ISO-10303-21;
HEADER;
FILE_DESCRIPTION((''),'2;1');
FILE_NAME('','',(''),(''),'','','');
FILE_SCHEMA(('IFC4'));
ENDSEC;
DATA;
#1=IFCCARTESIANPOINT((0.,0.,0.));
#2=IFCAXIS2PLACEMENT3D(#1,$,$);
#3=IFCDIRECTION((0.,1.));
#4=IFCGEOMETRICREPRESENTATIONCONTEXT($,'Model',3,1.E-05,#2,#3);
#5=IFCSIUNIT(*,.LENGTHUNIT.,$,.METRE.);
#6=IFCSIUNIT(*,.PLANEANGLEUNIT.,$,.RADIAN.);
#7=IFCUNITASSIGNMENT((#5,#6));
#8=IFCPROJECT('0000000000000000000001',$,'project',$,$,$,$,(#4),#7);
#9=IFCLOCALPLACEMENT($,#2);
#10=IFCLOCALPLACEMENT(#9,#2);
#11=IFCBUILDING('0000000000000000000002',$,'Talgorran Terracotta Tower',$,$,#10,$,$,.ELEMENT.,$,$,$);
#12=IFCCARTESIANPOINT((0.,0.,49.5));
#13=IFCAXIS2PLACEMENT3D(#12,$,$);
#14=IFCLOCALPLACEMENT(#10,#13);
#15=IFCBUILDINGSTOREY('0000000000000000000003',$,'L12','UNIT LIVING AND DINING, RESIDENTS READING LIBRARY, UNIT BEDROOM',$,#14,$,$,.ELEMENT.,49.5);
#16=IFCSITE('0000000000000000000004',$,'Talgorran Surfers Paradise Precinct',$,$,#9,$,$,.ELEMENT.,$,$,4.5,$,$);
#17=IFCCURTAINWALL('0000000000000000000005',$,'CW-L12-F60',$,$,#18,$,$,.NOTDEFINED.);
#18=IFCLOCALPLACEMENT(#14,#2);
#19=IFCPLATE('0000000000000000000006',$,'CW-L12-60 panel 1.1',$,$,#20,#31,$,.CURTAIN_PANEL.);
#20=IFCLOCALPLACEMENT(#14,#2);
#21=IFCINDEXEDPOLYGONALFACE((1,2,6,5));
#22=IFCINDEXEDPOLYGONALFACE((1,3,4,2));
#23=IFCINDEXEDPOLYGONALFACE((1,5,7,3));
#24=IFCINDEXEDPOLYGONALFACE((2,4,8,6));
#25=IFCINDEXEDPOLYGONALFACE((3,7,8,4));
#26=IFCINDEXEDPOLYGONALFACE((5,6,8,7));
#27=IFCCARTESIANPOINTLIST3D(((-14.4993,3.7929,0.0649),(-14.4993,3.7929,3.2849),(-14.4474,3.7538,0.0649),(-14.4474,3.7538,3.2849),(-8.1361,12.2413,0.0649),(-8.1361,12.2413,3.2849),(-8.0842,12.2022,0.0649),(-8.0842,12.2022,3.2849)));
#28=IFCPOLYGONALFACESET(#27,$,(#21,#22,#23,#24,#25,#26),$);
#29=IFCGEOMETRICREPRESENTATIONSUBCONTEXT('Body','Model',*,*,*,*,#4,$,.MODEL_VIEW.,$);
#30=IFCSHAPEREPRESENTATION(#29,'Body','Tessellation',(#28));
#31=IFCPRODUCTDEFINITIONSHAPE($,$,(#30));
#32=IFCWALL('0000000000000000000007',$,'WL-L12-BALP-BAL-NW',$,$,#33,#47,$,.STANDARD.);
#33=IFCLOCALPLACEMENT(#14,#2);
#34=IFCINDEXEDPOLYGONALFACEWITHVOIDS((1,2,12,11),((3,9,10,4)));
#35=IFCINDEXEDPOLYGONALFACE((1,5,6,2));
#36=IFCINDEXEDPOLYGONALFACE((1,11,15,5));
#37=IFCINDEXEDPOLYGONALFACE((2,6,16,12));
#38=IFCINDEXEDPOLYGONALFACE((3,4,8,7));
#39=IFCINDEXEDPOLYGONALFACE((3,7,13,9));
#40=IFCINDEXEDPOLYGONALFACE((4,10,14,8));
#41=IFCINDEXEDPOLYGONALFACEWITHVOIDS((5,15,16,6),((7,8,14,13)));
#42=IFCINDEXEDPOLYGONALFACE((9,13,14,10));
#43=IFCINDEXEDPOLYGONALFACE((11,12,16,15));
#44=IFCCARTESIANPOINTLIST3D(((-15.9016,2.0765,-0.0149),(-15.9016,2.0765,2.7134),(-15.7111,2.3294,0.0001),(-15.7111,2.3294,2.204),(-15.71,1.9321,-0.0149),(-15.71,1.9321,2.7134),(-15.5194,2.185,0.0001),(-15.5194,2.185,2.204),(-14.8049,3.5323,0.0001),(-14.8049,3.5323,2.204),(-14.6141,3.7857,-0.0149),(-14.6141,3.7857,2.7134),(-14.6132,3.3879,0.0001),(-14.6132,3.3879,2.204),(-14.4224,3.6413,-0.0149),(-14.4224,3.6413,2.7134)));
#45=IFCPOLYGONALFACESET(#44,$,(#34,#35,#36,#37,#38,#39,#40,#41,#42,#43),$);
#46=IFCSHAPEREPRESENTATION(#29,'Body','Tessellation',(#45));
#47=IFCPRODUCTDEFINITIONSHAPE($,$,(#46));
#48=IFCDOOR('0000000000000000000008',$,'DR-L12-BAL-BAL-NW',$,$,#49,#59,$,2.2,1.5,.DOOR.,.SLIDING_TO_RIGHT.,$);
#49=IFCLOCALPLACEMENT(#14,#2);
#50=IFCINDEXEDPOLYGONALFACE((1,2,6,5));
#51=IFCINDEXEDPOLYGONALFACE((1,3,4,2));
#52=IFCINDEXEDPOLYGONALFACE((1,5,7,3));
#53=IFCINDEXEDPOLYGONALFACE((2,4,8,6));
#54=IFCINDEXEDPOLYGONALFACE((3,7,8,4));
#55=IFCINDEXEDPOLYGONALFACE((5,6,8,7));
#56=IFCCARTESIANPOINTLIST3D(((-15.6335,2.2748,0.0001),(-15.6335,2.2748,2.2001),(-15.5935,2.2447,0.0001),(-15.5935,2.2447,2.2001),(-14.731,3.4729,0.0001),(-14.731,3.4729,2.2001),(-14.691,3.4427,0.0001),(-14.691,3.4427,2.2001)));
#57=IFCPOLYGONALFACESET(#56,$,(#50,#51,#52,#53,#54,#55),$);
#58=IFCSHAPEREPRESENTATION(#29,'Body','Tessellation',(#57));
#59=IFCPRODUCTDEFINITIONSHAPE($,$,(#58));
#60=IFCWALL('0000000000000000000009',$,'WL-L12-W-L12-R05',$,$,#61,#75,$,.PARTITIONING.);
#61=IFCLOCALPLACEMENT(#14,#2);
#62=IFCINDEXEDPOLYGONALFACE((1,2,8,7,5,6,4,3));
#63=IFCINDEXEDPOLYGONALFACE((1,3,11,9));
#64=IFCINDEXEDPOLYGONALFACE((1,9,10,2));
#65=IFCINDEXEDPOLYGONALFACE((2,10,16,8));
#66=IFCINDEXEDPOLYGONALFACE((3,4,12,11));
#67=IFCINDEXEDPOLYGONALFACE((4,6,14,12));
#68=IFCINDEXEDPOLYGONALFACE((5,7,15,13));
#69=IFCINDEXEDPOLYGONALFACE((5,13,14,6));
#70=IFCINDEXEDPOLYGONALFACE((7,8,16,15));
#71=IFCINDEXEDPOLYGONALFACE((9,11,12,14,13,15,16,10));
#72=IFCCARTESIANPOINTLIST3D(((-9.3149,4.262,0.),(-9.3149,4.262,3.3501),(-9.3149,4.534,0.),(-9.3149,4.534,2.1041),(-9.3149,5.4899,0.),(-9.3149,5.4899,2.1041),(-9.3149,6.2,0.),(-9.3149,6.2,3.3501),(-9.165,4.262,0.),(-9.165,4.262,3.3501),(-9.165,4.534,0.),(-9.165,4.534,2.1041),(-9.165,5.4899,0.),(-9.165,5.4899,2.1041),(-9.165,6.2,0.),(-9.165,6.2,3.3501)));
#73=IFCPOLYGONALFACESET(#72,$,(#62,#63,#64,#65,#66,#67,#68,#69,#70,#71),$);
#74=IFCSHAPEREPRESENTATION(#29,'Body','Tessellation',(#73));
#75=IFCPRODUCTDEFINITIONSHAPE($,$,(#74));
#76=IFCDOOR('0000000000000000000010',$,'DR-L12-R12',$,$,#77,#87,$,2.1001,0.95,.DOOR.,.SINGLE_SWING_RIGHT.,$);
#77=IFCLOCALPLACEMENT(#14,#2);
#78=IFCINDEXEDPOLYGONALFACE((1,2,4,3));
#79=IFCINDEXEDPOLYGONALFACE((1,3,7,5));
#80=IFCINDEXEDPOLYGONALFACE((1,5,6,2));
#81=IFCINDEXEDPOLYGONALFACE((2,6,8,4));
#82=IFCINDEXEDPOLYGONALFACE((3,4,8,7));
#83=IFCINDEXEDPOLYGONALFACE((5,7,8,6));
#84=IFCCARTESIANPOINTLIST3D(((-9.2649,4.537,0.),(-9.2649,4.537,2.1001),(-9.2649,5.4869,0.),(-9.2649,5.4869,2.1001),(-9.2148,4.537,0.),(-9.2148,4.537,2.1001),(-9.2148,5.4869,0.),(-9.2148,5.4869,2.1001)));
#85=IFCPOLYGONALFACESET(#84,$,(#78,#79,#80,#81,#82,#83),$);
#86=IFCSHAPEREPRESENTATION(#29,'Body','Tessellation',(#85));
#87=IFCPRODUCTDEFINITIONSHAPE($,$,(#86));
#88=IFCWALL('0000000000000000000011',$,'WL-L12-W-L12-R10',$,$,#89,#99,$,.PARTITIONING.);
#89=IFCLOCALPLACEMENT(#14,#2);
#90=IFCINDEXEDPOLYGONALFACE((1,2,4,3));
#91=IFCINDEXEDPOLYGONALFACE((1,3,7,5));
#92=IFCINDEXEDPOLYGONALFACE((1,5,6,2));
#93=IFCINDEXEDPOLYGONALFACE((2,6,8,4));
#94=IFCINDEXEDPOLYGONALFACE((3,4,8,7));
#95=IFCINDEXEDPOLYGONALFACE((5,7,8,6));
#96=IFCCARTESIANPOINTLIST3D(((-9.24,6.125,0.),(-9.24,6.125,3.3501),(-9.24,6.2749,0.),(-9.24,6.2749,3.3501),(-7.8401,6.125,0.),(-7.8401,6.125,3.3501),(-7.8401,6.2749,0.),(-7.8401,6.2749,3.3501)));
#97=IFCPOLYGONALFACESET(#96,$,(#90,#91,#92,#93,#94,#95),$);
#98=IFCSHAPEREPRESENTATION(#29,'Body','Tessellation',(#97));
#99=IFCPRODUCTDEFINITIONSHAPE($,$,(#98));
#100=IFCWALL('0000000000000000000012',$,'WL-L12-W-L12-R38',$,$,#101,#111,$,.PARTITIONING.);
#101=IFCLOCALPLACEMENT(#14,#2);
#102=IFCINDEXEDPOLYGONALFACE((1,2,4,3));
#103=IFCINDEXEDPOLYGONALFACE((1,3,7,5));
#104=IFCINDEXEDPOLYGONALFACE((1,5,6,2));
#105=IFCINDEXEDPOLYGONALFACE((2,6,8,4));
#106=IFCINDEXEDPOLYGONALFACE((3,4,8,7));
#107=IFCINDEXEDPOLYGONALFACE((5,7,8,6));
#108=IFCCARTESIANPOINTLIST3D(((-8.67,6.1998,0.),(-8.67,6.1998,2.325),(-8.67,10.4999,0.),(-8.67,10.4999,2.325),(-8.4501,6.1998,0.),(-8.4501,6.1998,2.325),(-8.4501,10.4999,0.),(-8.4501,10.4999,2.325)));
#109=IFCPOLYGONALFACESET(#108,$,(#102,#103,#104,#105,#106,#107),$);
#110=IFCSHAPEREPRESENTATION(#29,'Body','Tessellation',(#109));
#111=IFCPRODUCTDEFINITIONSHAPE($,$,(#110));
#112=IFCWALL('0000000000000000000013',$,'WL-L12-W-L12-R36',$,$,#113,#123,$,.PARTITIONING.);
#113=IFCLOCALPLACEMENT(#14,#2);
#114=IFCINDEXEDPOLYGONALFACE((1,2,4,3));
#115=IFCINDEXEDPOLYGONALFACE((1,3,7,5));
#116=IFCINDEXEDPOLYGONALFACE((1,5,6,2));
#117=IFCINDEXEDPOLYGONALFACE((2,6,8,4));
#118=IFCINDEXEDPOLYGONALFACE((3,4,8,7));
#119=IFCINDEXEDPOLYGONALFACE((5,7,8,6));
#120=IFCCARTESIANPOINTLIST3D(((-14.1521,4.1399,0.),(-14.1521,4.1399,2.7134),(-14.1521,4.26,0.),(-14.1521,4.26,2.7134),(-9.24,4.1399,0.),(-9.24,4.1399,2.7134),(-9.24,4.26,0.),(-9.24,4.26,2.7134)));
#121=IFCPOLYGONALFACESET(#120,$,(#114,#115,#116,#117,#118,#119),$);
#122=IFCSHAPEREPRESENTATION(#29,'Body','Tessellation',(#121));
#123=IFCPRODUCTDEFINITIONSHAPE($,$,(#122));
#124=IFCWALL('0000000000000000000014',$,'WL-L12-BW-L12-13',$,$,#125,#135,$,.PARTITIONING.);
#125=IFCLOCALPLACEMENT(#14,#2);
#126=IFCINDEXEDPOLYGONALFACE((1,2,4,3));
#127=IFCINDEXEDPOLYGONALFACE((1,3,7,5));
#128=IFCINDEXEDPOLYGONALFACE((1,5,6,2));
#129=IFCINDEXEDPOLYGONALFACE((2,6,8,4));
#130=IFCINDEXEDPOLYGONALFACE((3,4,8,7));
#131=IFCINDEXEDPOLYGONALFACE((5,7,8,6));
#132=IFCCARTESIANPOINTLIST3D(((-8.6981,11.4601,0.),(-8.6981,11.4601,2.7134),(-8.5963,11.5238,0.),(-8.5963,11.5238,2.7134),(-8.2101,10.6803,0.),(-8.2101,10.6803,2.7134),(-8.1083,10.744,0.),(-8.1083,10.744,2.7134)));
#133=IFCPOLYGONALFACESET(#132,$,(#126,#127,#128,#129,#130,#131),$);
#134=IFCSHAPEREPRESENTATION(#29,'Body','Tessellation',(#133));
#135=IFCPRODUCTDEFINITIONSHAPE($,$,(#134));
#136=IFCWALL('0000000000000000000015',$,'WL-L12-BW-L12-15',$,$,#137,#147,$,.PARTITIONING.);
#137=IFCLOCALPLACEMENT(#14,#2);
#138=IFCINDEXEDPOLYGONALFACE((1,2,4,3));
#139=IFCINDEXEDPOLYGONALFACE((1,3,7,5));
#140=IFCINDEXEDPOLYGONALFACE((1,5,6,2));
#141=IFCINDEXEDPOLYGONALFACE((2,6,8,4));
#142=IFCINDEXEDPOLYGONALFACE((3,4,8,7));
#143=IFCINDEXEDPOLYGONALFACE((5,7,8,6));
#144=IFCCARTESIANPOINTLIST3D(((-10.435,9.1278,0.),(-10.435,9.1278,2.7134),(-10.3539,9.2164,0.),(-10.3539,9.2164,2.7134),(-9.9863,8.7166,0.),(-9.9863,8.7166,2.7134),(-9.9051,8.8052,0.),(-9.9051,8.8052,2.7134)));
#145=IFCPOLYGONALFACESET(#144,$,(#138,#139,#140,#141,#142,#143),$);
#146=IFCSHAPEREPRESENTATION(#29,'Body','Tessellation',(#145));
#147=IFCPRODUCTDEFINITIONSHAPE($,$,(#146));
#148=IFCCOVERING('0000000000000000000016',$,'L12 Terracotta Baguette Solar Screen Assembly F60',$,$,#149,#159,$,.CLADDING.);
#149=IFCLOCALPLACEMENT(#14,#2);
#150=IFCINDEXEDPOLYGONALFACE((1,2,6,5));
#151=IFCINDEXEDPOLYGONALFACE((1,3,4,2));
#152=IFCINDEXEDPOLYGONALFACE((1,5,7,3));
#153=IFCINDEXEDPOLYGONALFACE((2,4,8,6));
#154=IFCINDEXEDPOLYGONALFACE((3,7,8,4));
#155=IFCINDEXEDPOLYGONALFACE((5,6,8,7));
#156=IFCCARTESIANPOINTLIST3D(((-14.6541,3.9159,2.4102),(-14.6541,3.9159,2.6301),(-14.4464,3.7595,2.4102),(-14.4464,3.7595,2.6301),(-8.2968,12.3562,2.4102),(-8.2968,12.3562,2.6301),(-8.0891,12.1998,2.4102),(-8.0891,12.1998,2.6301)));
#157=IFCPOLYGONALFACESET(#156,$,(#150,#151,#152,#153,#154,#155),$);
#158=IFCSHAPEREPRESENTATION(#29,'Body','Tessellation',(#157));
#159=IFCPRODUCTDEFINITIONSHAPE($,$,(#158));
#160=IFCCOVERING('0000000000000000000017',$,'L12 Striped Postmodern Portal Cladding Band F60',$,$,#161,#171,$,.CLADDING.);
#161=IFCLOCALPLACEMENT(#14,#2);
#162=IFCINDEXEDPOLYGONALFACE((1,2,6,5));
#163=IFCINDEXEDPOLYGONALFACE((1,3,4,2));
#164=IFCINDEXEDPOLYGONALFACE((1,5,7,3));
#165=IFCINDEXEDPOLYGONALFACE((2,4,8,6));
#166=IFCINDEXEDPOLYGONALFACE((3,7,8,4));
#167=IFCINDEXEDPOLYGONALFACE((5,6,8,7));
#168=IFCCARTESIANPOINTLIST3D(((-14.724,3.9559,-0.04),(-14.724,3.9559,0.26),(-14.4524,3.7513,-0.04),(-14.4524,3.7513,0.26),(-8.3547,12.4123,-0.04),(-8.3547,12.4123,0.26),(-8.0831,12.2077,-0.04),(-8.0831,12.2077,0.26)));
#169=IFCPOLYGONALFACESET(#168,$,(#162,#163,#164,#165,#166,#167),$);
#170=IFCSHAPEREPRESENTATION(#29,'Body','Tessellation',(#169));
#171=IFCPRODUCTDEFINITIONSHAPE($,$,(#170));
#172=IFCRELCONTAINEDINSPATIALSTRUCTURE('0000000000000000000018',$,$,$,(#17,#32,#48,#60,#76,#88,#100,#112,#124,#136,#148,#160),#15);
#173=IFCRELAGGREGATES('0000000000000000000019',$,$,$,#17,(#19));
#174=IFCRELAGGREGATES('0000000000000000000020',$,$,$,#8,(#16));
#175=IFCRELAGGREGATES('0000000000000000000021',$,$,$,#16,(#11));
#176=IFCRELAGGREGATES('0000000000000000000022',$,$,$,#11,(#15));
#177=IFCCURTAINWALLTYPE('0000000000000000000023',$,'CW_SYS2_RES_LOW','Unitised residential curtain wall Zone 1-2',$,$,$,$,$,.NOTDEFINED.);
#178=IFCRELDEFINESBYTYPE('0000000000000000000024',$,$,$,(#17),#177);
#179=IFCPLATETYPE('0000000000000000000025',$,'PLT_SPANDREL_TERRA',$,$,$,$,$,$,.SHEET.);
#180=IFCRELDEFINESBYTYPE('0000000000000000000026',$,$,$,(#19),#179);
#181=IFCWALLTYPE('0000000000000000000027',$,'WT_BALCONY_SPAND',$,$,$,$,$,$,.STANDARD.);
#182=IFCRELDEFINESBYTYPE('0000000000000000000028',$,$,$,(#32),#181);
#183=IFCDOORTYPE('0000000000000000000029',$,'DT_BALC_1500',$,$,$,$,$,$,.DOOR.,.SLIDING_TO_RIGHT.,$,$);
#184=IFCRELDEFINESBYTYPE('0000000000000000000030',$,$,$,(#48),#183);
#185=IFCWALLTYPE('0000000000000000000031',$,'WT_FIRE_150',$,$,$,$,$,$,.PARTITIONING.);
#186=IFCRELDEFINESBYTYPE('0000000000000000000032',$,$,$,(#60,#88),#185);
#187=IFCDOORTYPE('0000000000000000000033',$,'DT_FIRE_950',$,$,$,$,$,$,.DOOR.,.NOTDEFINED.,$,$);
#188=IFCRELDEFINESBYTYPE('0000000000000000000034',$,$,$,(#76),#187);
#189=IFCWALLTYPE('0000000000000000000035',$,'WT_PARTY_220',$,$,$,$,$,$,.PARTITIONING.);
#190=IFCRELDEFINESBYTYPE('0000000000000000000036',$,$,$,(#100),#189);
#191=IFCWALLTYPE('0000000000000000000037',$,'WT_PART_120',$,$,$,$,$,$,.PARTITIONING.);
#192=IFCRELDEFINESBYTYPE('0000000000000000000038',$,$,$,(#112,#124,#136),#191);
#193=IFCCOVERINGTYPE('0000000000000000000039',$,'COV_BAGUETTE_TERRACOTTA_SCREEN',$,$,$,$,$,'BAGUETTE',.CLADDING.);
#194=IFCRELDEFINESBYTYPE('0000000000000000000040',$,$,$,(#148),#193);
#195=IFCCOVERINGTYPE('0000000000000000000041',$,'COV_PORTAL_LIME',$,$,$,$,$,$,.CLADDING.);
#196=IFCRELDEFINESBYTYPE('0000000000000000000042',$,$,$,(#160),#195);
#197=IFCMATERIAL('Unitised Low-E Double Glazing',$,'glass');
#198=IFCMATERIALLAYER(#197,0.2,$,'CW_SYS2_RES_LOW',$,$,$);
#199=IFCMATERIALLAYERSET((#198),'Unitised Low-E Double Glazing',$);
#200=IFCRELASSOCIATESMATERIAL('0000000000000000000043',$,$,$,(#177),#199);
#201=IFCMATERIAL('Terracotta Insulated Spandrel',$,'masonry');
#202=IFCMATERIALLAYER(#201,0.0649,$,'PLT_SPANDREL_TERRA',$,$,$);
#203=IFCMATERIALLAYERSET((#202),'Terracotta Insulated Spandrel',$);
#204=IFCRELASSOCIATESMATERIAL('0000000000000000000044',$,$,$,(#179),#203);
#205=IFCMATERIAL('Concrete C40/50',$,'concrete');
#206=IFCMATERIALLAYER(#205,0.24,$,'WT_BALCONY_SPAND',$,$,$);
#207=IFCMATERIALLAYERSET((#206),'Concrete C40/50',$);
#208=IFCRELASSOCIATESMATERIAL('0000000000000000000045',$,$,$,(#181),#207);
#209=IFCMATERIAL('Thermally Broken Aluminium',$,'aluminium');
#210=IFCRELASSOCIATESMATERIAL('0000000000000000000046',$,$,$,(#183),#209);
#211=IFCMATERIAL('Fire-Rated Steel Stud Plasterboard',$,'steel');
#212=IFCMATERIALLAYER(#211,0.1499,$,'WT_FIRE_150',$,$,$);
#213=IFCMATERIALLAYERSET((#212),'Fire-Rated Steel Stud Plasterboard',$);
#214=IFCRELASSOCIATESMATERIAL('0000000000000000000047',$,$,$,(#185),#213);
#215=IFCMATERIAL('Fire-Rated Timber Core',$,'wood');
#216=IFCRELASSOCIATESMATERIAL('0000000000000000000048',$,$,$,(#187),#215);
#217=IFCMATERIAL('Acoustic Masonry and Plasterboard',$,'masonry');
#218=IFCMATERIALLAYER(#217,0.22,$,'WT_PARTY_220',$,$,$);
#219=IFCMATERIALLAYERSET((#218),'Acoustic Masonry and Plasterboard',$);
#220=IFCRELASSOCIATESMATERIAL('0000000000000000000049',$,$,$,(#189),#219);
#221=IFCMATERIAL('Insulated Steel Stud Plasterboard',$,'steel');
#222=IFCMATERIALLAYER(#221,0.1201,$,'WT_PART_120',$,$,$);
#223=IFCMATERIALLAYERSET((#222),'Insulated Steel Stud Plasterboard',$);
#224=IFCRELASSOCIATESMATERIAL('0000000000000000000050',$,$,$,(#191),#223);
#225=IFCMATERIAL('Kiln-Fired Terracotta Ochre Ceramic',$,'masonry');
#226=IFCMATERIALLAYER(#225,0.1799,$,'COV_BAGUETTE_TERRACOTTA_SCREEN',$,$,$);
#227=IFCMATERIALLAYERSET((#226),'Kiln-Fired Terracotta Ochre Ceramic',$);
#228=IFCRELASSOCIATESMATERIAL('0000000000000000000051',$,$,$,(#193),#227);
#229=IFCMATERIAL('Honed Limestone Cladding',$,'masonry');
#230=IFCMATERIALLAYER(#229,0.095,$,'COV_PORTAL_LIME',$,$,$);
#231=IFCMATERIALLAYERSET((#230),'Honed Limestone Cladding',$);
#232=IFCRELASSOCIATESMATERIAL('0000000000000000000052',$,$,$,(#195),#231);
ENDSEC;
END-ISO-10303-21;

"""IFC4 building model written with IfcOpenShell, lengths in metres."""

from ifc_helpers import new_model, si_unit, direction, frame, frame_2d, origin, origin_2d, place, context, subcontext, project, spatial, rectangle, extrude, source, transform, mapped, material, layer, layer_set, type_object, type_shapes, element, fill, aggregate, save


model = new_model("IFC4")

# Units and contexts
model_context = context("Model", 3, precision=1e-05, world=origin(), true_north=direction((0.0, 1.0)))
body_context = subcontext(model_context, "Body", "Model", "MODEL_VIEW")
ifc_project = project(units=[si_unit("LENGTHUNIT", "METRE"), si_unit("PLANEANGLEUNIT", "RADIAN")], contexts=[model_context])

# Site, building, storey
site_placement = place(None, origin())
site = spatial("IfcSite", under=ifc_project, at=site_placement, Name="Talgorran Surfers Paradise Precinct", CompositionType="ELEMENT", RefElevation=4.5)
building_placement = place(site_placement, origin())
building = spatial("IfcBuilding", under=site, at=building_placement, Name="Talgorran Terracotta Tower", CompositionType="ELEMENT")
storey_placement = place(building_placement, frame((0.0, 0.0, 49.5)))
storey = spatial("IfcBuildingStorey", under=building, at=storey_placement, Name="L12", Description="UNIT LIVING AND DINING, RESIDENTS READING LIBRARY, UNIT BEDROOM", CompositionType="ELEMENT", Elevation=49.5)

# Curtain wall
ifc_material_1 = material(Name="Unitised Low-E Double Glazing", Category="glass")
ifc_layer_1 = layer(ifc_material_1, 0.2, Name="CW_SYS2_RES_LOW")
ifc_layer_set_1 = layer_set([ifc_layer_1], Name="Unitised Low-E Double Glazing")
curtain_wall_type = type_object("IfcCurtainWallType", Name="CW_SYS2_RES_LOW", Description="Unitised residential curtain wall Zone 1-2", PredefinedType="NOTDEFINED", material=ifc_layer_set_1)
curtain_wall_1_placement = place(storey_placement, origin())
curtain_wall_1 = element("IfcCurtainWall", 1, at=curtain_wall_1_placement, inside=storey, type_object=curtain_wall_type, Name="CW-L12-F60", PredefinedType="NOTDEFINED")

# Plate
ifc_material_2 = material(Name="Terracotta Insulated Spandrel", Category="masonry")
ifc_layer_2 = layer(ifc_material_2, 0.0649, Name="PLT_SPANDREL_TERRA")
ifc_layer_set_2 = layer_set([ifc_layer_2], Name="Terracotta Insulated Spandrel")
plate_type_1 = type_object("IfcPlateType", Name="PLT_SPANDREL_TERRA", PredefinedType="SHEET", material=ifc_layer_set_2)
shared_shape = source(origin(), body_context, "Body", "SweptSolid", [
    extrude(rectangle(XDim=10.5767, YDim=0.0649, at=origin_2d()), origin(), (0.0, 0.0, 1.0), 3.22),
])
type_shapes(plate_type_1, [shared_shape])
plate_1_placement = place(storey_placement, frame((-11.2917, 7.9976, 0.0649), z_axis=(0.0, 0.0, 1.0), x_axis=(-0.601628, -0.798777, 0.0)))
plate_1 = element("IfcPlate", 2, at=plate_1_placement, type_object=plate_type_1, Name="CW-L12-60 panel 1.1", PredefinedType="CURTAIN_PANEL", context=body_context, shape_type="MappedRepresentation", body=[
    mapped(shared_shape, transform((0.0, 0.0, 0.0), scale=1.0)),
])
aggregate(curtain_wall_1, [plate_1])

# Walls, openings, doors
ifc_material_3 = material(Name="Concrete C40/50", Category="concrete")
ifc_layer_3 = layer(ifc_material_3, 0.24, Name="WT_BALCONY_SPAND")
ifc_layer_set_3 = layer_set([ifc_layer_3], Name="Concrete C40/50")
wall_type_1 = type_object("IfcWallType", Name="WT_BALCONY_SPAND", PredefinedType="STANDARD", material=ifc_layer_set_3)
wall_1_placement = place(storey_placement, frame((-14.5183, 3.7134, -0.0149), z_axis=(0.0, 0.0, 1.0), x_axis=(-0.601696, -0.798725, 0.0)))
wall_1 = element("IfcWall", 3, at=wall_1_placement, inside=storey, type_object=wall_type_1, Name="WL-L12-BALP-BAL-NW", PredefinedType="STANDARD", context=body_context, shape_type="SweptSolid", body=[
    extrude(rectangle(XDim=2.1399, YDim=0.24, at=frame_2d((1.0698, 0.0))), origin(), (0.0, 0.0, 1.0), 2.7283),
])
opening_1_placement = place(wall_1_placement, frame((0.3201, 0.0, 0.0149)))
opening_1 = element("IfcOpeningElement", 4, at=opening_1_placement, cuts=wall_1, PredefinedType="OPENING", context=body_context, shape_type="SweptSolid", body=[
    extrude(rectangle(XDim=1.506, YDim=2.204, at=frame_2d((0.75, 1.1021))), frame((0.0, 0.1299, 0.0), z_axis=(0.0, -1.0, 0.0), x_axis=(1.0, 0.0, 0.0)), (0.0, 0.0, 1.0), 0.26),
])
ifc_material_4 = material(Name="Thermally Broken Aluminium", Category="aluminium")
door_type_1 = type_object("IfcDoorType", Name="DT_BALC_1500", OperationType="SLIDING_TO_RIGHT", PredefinedType="DOOR", material=ifc_material_4)
door_1_placement = place(opening_1_placement, origin())
door_1 = element("IfcDoor", 5, at=door_1_placement, inside=storey, type_object=door_type_1, Name="DR-L12-BAL-BAL-NW", OperationType="SLIDING_TO_RIGHT", OverallHeight=2.2, OverallWidth=1.5, PredefinedType="DOOR", context=body_context, shape_type="SweptSolid", body=[
    extrude(rectangle(XDim=1.5, YDim=2.2, at=frame_2d((0.75, 1.1001))), frame((0.0, 0.0249, 0.0), z_axis=(0.0, -1.0, 0.0), x_axis=(1.0, 0.0, 0.0)), (0.0, 0.0, 1.0), 0.05),
])
fill(opening_1, door_1)
ifc_material_5 = material(Name="Fire-Rated Steel Stud Plasterboard", Category="steel")
ifc_layer_4 = layer(ifc_material_5, 0.1499, Name="WT_FIRE_150")
ifc_layer_set_4 = layer_set([ifc_layer_4], Name="Fire-Rated Steel Stud Plasterboard")
wall_type_2 = type_object("IfcWallType", Name="WT_FIRE_150", PredefinedType="PARTITIONING", material=ifc_layer_set_4)
wall_2_placement = place(storey_placement, frame((-9.24, 4.262, 0.0), z_axis=(0.0, 0.0, 1.0), x_axis=(0.0, 1.0, 0.0)))
wall_2 = element("IfcWall", 6, at=wall_2_placement, inside=storey, type_object=wall_type_2, Name="WL-L12-W-L12-R05", PredefinedType="PARTITIONING", context=body_context, shape_type="SweptSolid", body=[
    extrude(rectangle(XDim=1.938, YDim=0.1499, at=frame_2d((0.969, 0.0))), origin(), (0.0, 0.0, 1.0), 3.3501),
])
opening_2_placement = place(wall_2_placement, frame((0.2749, 0.0, 0.0)))
opening_2 = element("IfcOpeningElement", 7, at=opening_2_placement, cuts=wall_2, PredefinedType="OPENING", context=body_context, shape_type="SweptSolid", body=[
    extrude(rectangle(XDim=0.956, YDim=2.1041, at=frame_2d((0.4751, 1.052))), frame((0.0, 0.085, 0.0), z_axis=(0.0, -1.0, 0.0), x_axis=(1.0, 0.0, 0.0)), (0.0, 0.0, 1.0), 0.1699),
])
ifc_material_6 = material(Name="Fire-Rated Timber Core", Category="wood")
door_type_2 = type_object("IfcDoorType", Name="DT_FIRE_950", OperationType="NOTDEFINED", PredefinedType="DOOR", material=ifc_material_6)
door_2_placement = place(opening_2_placement, origin())
door_2 = element("IfcDoor", 8, at=door_2_placement, inside=storey, type_object=door_type_2, Name="DR-L12-R12", OperationType="SINGLE_SWING_RIGHT", OverallHeight=2.1001, OverallWidth=0.95, PredefinedType="DOOR", context=body_context, shape_type="SweptSolid", body=[
    extrude(rectangle(XDim=0.95, YDim=2.1001, at=frame_2d((0.4751, 1.05))), frame((0.0, 0.0249, 0.0), z_axis=(0.0, -1.0, 0.0), x_axis=(1.0, 0.0, 0.0)), (0.0, 0.0, 1.0), 0.05),
])
fill(opening_2, door_2)

# Walls
wall_3_placement = place(storey_placement, frame((-9.24, 6.2, 0.0), z_axis=(0.0, 0.0, 1.0), x_axis=(1.0, 0.0, 0.0)))
element("IfcWall", 9, at=wall_3_placement, inside=storey, type_object=wall_type_2, Name="WL-L12-W-L12-R10", PredefinedType="PARTITIONING", context=body_context, shape_type="SweptSolid", body=[
    extrude(rectangle(XDim=1.3999, YDim=0.1499, at=frame_2d((0.7, 0.0))), origin(), (0.0, 0.0, 1.0), 3.3501),
])
ifc_material_7 = material(Name="Acoustic Masonry and Plasterboard", Category="masonry")
ifc_layer_5 = layer(ifc_material_7, 0.22, Name="WT_PARTY_220")
ifc_layer_set_5 = layer_set([ifc_layer_5], Name="Acoustic Masonry and Plasterboard")
wall_type_3 = type_object("IfcWallType", Name="WT_PARTY_220", PredefinedType="PARTITIONING", material=ifc_layer_set_5)
wall_4_placement = place(storey_placement, frame((-8.5601, 6.2, 0.0), z_axis=(0.0, 0.0, 1.0), x_axis=(0.0, 1.0, 0.0)))
element("IfcWall", 10, at=wall_4_placement, inside=storey, type_object=wall_type_3, Name="WL-L12-W-L12-R38", PredefinedType="PARTITIONING", context=body_context, shape_type="SweptSolid", body=[
    extrude(rectangle(XDim=4.3, YDim=0.22, at=frame_2d((2.1499, 0.0))), origin(), (0.0, 0.0, 1.0), 2.325),
])
ifc_material_8 = material(Name="Insulated Steel Stud Plasterboard", Category="steel")
ifc_layer_6 = layer(ifc_material_8, 0.1201, Name="WT_PART_120")
ifc_layer_set_6 = layer_set([ifc_layer_6], Name="Insulated Steel Stud Plasterboard")
wall_type_4 = type_object("IfcWallType", Name="WT_PART_120", PredefinedType="PARTITIONING", material=ifc_layer_set_6)
wall_5_placement = place(storey_placement, frame((-14.1521, 4.2, 0.0), z_axis=(0.0, 0.0, 1.0), x_axis=(1.0, 0.0, 0.0)))
element("IfcWall", 11, at=wall_5_placement, inside=storey, type_object=wall_type_4, Name="WL-L12-W-L12-R36", PredefinedType="PARTITIONING", context=body_context, shape_type="SweptSolid", body=[
    extrude(rectangle(XDim=4.9121, YDim=0.1201, at=frame_2d((2.4561, 0.0))), origin(), (0.0, 0.0, 1.0), 2.7134),
])
wall_6_placement = place(storey_placement, frame((-8.6472, 11.4919, 0.0), z_axis=(0.0, 0.0, 1.0), x_axis=(0.530524, -0.84767, 0.0)))
element("IfcWall", 12, at=wall_6_placement, inside=storey, type_object=wall_type_4, Name="WL-L12-BW-L12-13", PredefinedType="PARTITIONING", context=body_context, shape_type="SweptSolid", body=[
    extrude(rectangle(XDim=0.9199, YDim=0.1201, at=frame_2d((0.46, 0.0))), origin(), (0.0, 0.0, 1.0), 2.7134),
])
wall_7_placement = place(storey_placement, frame((-9.9458, 8.761, 0.0), z_axis=(0.0, 0.0, 1.0), x_axis=(-0.737321, 0.675543, 0.0)))
element("IfcWall", 13, at=wall_7_placement, inside=storey, type_object=wall_type_4, Name="WL-L12-BW-L12-15", PredefinedType="PARTITIONING", context=body_context, shape_type="SweptSolid", body=[
    extrude(rectangle(XDim=0.6086, YDim=0.1201, at=frame_2d((0.3042, 0.0))), origin(), (0.0, 0.0, 1.0), 2.7134),
])

# Coverings
ifc_material_9 = material(Name="Kiln-Fired Terracotta Ochre Ceramic", Category="masonry")
ifc_layer_7 = layer(ifc_material_9, 0.1799, Name="COV_BAGUETTE_TERRACOTTA_SCREEN")
ifc_layer_set_7 = layer_set([ifc_layer_7], Name="Kiln-Fired Terracotta Ochre Ceramic")
covering_type_1 = type_object("IfcCoveringType", Name="COV_BAGUETTE_TERRACOTTA_SCREEN", ElementType="BAGUETTE", PredefinedType="CLADDING", material=ifc_layer_set_7)
covering_1_placement = place(storey_placement, frame((-11.3716, 8.0579, 2.4102), z_axis=(0.0, 0.0, 1.0), x_axis=(-0.601634, -0.798772, 0.0)))
element("IfcCovering", 14, at=covering_1_placement, inside=storey, type_object=covering_type_1, Name="L12 Terracotta Baguette Solar Screen Assembly F60", PredefinedType="CLADDING", context=body_context, shape_type="SweptSolid", body=[
    extrude(rectangle(XDim=10.5667, YDim=0.26, at=origin_2d()), origin(), (0.0, 0.0, 1.0), 0.22),
])
ifc_material_10 = material(Name="Honed Limestone Cladding", Category="masonry")
ifc_layer_8 = layer(ifc_material_10, 0.095, Name="COV_PORTAL_LIME")
ifc_layer_set_8 = layer_set([ifc_layer_8], Name="Honed Limestone Cladding")
covering_type_2 = type_object("IfcCoveringType", Name="COV_PORTAL_LIME", PredefinedType="CLADDING", material=ifc_layer_set_8)
covering_2_placement = place(storey_placement, frame((-11.4036, 8.0818, -0.04), z_axis=(0.0, 0.0, 1.0), x_axis=(-0.601634, -0.798772, 0.0)))
element("IfcCovering", 15, at=covering_2_placement, inside=storey, type_object=covering_type_2, Name="L12 Striped Postmodern Portal Cladding Band F60", PredefinedType="CLADDING", context=body_context, shape_type="SweptSolid", body=[
    extrude(rectangle(XDim=10.5867, YDim=0.3401, at=origin_2d()), origin(), (0.0, 0.0, 1.0), 0.3),
])

save(model, "model.ifc")
